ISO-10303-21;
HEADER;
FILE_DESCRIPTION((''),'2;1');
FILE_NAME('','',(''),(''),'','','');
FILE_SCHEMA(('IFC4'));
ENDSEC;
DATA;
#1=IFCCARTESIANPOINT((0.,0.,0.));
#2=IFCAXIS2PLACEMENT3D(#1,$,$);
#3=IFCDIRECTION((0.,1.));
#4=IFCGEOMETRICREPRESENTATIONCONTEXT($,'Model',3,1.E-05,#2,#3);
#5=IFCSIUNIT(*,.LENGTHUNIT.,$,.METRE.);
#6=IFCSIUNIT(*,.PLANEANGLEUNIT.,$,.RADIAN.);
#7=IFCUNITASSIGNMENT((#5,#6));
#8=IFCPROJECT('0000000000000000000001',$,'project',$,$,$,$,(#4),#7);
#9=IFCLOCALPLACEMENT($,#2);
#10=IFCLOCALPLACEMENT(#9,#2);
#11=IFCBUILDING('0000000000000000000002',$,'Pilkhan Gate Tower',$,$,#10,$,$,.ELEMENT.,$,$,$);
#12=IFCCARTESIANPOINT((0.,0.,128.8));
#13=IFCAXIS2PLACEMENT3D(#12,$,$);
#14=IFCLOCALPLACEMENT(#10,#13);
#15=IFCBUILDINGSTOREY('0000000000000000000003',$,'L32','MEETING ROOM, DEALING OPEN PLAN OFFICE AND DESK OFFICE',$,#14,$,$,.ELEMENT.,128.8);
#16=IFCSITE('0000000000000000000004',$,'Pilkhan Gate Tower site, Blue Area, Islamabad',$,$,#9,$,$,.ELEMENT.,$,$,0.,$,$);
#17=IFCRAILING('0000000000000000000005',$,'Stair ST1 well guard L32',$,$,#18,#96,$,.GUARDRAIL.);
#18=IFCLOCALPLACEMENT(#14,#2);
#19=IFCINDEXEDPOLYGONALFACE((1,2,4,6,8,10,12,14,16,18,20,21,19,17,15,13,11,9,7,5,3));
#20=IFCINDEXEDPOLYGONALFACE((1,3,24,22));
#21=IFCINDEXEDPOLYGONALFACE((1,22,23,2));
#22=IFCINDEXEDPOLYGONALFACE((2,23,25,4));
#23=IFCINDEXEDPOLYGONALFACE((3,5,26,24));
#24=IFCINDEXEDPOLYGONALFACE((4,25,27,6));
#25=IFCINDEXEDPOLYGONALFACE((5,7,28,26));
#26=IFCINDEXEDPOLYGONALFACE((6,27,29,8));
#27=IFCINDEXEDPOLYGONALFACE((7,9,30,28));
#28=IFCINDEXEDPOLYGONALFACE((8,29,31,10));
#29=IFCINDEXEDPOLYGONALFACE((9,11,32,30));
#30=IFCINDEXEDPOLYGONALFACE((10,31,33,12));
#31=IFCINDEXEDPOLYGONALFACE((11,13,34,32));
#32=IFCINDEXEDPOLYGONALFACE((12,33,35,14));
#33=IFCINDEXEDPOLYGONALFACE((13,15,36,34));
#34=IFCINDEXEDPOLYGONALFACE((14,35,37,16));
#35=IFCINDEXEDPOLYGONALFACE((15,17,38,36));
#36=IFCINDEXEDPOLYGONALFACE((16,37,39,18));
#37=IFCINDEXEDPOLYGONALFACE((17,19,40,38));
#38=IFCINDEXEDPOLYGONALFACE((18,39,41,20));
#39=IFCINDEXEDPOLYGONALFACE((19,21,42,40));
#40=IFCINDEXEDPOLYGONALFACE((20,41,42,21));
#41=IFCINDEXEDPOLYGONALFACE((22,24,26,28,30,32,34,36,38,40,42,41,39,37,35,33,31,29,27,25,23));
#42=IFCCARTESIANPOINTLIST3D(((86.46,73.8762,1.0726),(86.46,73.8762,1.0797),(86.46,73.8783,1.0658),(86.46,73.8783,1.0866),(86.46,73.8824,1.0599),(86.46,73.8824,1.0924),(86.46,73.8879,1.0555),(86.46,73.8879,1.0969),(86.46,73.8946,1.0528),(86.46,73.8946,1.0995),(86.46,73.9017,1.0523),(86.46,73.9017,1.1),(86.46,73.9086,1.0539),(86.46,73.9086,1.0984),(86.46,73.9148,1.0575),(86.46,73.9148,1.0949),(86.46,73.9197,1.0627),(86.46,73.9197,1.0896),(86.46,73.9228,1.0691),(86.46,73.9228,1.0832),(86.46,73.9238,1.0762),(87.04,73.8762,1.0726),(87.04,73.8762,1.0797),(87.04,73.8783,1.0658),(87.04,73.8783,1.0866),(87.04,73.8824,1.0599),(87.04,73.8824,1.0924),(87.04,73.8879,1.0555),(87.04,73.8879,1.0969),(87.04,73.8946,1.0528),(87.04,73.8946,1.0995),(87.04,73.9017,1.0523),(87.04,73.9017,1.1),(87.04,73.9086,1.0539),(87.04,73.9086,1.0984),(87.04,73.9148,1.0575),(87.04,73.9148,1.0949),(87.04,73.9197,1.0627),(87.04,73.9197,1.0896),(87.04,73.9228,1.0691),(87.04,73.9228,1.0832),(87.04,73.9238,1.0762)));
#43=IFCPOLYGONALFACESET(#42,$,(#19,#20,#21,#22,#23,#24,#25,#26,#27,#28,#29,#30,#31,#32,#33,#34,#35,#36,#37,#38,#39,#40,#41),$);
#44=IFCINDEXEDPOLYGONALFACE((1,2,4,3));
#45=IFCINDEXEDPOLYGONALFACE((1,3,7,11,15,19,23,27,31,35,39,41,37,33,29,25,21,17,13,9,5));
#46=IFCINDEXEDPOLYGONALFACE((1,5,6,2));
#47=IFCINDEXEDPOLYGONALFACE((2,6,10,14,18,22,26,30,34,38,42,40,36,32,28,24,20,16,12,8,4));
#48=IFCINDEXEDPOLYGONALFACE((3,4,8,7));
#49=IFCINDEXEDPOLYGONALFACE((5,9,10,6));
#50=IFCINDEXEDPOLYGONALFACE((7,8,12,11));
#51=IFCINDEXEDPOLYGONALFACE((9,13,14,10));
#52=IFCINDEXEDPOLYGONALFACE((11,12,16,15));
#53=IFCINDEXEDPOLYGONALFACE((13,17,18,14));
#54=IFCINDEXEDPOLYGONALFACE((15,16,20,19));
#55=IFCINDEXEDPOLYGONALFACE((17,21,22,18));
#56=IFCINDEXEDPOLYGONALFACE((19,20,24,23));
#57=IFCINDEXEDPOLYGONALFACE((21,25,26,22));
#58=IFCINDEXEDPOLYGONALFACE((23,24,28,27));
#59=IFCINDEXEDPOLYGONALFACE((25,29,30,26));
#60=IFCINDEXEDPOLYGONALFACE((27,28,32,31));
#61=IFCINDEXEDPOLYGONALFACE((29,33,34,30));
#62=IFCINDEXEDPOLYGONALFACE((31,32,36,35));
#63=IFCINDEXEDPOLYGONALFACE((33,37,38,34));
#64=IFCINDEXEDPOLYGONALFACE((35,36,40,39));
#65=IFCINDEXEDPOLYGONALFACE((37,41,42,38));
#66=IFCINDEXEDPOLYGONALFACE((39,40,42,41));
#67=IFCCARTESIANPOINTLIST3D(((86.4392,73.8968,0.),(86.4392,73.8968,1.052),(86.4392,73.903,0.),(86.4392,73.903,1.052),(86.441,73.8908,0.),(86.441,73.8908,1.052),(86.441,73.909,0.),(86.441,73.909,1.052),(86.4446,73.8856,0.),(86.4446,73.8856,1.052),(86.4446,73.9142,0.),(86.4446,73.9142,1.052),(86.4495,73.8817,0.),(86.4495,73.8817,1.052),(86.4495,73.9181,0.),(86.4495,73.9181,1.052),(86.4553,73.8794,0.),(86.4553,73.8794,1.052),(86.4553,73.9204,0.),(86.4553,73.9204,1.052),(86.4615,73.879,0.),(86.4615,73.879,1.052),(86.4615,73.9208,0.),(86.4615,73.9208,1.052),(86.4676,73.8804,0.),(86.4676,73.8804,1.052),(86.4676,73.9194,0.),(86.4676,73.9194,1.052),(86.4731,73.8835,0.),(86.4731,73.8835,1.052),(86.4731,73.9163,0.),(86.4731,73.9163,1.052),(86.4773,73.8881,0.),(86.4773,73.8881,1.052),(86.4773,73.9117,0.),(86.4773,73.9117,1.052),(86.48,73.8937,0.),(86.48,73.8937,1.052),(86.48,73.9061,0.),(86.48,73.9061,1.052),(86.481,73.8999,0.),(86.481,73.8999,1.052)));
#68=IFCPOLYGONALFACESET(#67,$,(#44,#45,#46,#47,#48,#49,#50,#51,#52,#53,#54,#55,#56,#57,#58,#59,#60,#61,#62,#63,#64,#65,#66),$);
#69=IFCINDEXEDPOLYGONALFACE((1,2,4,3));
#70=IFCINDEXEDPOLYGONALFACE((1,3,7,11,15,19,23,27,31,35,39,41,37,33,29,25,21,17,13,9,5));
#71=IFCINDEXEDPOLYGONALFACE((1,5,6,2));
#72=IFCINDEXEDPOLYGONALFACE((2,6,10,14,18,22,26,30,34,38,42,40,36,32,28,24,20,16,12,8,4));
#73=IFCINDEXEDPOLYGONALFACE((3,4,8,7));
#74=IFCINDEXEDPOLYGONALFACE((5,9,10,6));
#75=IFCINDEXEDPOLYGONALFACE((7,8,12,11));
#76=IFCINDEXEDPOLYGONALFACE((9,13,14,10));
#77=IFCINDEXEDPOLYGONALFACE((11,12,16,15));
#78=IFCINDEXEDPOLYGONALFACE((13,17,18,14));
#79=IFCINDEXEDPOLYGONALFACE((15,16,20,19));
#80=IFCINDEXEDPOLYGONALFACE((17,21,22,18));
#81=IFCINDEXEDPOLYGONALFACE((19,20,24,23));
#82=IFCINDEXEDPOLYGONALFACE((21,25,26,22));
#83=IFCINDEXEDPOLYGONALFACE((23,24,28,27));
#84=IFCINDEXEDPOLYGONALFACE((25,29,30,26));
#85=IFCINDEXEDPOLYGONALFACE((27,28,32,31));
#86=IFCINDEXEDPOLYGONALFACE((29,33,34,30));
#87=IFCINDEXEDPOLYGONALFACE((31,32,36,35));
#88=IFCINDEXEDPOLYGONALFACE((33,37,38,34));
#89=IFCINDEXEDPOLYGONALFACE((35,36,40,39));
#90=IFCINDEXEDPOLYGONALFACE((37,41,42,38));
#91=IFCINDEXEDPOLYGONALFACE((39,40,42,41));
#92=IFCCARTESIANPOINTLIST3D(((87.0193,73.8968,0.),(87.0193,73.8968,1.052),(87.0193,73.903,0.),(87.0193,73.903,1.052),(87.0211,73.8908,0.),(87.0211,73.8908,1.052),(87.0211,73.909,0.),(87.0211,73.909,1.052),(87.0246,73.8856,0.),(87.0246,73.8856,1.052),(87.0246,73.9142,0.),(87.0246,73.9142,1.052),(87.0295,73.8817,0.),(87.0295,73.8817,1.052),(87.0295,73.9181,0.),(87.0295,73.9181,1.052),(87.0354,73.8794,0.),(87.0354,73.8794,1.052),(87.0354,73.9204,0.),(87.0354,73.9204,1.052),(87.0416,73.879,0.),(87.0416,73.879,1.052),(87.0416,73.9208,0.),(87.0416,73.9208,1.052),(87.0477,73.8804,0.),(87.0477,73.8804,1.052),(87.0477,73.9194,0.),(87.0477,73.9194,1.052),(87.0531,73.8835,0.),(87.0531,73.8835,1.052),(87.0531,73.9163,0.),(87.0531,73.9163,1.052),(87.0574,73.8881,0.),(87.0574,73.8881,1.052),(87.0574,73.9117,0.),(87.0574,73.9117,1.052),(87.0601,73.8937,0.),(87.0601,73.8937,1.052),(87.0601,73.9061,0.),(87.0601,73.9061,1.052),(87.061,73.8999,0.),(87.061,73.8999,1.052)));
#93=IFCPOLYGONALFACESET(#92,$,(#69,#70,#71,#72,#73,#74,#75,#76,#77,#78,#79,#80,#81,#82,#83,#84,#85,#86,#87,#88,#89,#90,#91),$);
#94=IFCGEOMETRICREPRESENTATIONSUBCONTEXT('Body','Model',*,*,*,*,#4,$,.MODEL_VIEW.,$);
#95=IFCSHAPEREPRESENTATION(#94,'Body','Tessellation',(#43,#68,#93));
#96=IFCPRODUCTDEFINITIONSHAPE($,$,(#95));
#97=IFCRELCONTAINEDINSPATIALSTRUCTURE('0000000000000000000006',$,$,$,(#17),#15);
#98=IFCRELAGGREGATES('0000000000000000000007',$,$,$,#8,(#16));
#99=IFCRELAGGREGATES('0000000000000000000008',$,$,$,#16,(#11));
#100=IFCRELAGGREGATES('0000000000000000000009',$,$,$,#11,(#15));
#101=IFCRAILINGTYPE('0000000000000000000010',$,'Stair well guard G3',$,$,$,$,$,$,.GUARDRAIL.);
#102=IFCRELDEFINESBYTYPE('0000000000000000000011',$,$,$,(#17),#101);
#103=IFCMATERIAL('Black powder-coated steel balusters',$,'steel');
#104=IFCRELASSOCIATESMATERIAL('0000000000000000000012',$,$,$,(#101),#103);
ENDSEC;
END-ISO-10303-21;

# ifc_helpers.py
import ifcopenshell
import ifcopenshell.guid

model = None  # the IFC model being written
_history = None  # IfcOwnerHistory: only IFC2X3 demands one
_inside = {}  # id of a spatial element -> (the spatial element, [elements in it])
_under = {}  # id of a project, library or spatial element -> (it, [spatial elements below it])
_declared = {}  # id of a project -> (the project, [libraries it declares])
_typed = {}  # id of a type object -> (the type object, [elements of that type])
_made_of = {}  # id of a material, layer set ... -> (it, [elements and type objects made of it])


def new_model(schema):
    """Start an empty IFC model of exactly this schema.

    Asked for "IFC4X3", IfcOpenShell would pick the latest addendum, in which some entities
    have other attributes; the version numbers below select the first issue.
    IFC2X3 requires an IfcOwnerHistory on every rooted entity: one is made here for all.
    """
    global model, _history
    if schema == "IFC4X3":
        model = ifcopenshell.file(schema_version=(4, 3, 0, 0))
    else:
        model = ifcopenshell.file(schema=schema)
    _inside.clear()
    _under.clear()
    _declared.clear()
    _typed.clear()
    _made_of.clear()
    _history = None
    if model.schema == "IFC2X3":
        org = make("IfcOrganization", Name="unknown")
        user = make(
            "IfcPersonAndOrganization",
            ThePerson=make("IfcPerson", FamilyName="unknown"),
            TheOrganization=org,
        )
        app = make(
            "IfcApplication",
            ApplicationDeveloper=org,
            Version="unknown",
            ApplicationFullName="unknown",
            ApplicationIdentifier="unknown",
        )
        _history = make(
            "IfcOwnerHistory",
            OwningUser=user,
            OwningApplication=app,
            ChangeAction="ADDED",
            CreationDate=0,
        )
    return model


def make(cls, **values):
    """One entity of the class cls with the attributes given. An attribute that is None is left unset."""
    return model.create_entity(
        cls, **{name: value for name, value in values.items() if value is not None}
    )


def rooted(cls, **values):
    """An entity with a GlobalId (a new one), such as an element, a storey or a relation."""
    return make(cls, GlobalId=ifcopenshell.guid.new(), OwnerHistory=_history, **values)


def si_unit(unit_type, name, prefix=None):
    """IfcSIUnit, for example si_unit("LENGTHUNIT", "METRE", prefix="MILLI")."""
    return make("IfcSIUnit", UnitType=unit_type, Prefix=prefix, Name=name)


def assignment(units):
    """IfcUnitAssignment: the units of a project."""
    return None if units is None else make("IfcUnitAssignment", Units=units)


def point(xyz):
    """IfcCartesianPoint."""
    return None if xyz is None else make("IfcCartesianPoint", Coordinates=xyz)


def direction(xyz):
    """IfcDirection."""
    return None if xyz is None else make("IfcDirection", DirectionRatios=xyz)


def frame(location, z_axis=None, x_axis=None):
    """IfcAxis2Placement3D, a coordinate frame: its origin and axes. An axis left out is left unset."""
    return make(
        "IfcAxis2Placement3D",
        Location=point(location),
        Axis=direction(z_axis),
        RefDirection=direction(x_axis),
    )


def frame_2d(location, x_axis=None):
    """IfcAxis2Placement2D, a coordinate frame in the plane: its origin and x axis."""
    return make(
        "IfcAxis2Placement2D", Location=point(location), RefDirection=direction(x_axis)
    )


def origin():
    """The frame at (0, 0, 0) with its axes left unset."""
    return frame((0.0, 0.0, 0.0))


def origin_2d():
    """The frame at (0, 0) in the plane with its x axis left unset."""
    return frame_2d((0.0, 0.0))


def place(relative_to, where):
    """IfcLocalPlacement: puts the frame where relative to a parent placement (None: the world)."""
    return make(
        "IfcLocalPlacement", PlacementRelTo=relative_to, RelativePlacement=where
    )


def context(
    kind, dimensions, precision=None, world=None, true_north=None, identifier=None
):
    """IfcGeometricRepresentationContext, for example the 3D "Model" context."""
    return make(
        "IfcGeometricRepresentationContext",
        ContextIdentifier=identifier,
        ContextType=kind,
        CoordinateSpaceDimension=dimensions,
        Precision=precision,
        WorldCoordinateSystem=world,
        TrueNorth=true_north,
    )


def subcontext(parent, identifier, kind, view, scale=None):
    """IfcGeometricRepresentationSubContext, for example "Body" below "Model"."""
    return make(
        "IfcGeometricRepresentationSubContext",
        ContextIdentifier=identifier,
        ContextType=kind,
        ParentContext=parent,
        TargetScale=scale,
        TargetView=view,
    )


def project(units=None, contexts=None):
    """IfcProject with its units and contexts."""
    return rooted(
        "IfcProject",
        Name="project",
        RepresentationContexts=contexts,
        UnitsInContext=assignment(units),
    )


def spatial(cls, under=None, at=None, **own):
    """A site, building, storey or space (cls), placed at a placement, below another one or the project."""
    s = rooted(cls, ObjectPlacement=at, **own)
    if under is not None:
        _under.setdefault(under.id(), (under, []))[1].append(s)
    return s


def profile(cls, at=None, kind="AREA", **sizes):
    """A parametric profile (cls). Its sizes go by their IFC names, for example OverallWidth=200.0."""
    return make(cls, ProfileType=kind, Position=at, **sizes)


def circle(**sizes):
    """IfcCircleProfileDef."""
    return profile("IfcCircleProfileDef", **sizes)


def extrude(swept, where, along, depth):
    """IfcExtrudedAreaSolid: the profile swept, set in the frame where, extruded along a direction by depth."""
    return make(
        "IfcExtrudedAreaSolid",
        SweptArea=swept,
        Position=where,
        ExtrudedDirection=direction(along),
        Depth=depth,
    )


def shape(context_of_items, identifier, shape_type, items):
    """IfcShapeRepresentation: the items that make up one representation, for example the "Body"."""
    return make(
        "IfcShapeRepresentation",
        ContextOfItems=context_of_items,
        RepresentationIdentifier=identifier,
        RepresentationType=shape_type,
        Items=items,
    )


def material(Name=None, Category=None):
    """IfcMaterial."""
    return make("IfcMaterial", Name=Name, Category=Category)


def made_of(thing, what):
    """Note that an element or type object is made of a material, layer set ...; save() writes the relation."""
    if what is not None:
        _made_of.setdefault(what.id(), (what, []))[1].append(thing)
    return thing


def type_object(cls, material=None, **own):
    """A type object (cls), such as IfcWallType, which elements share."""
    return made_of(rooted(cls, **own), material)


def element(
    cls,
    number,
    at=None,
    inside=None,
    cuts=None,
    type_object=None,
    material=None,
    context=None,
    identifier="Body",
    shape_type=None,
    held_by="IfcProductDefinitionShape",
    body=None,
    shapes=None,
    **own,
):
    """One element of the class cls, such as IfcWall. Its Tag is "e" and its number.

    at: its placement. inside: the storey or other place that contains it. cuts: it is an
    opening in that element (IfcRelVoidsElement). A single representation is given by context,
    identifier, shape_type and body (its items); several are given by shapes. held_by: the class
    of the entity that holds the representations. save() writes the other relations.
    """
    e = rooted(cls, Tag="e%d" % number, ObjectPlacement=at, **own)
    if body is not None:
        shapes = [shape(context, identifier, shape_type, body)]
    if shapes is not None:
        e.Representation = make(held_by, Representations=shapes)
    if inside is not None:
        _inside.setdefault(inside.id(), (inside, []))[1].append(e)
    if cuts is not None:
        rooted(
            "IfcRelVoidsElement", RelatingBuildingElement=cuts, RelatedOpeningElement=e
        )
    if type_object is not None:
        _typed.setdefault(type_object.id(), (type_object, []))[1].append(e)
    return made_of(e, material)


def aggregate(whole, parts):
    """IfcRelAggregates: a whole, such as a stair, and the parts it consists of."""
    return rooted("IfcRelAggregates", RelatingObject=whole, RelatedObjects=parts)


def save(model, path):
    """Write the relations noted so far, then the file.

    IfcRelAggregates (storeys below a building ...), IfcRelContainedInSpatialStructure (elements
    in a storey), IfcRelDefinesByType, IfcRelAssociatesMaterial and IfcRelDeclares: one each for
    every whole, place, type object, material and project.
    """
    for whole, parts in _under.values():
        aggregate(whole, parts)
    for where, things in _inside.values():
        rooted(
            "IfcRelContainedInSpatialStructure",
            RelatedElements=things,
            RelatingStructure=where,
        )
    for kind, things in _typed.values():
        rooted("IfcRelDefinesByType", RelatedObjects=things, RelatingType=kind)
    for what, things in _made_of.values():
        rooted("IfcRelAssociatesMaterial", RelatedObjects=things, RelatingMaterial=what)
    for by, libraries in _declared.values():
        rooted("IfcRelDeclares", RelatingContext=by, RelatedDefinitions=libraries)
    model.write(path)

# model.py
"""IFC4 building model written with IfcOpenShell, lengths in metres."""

from ifc_helpers import new_model, si_unit, direction, frame, origin, origin_2d, place, context, subcontext, project, spatial, circle, extrude, material, type_object, element, save


model = new_model("IFC4")

# Units and contexts
model_context = context("Model", 3, precision=1e-05, world=origin(), true_north=direction((0.0, 1.0)))
body_context = subcontext(model_context, "Body", "Model", "MODEL_VIEW")
ifc_project = project(units=[si_unit("LENGTHUNIT", "METRE"), si_unit("PLANEANGLEUNIT", "RADIAN")], contexts=[model_context])

# Site, building, storey
site_placement = place(None, origin())
site = spatial("IfcSite", under=ifc_project, at=site_placement, Name="Pilkhan Gate Tower site, Blue Area, Islamabad", CompositionType="ELEMENT", RefElevation=0.0)
building_placement = place(site_placement, origin())
building = spatial("IfcBuilding", under=site, at=building_placement, Name="Pilkhan Gate Tower", CompositionType="ELEMENT")
storey_placement = place(building_placement, frame((0.0, 0.0, 128.8)))
storey = spatial("IfcBuildingStorey", under=building, at=storey_placement, Name="L32", Description="MEETING ROOM, DEALING OPEN PLAN OFFICE AND DESK OFFICE", CompositionType="ELEMENT", Elevation=128.8)

# Railing
ifc_material_1 = material(Name="Black powder-coated steel balusters", Category="steel")
railing_type_1 = type_object("IfcRailingType", Name="Stair well guard G3", PredefinedType="GUARDRAIL", material=ifc_material_1)
railing_1_placement = place(storey_placement, frame((86.46, 73.8999, 0.0)))
element("IfcRailing", 1, at=railing_1_placement, inside=storey, type_object=railing_type_1, Name="Stair ST1 well guard L32", PredefinedType="GUARDRAIL", context=body_context, shape_type="SweptSolid", body=[
    extrude(circle(Radius=0.0239, at=origin_2d()), frame((0.0, 0.0, 1.0762), z_axis=(1.0, 0.0, 0.0), x_axis=(0.0, 1.0, 0.0)), (0.0, 0.0, 1.0), 0.5801),
    extrude(circle(Radius=0.021, at=origin_2d()), origin(), (0.0, 0.0, 1.0), 1.052),
    extrude(circle(Radius=0.021, at=origin_2d()), frame((0.5801, 0.0, 0.0)), (0.0, 0.0, 1.0), 1.052),
])

save(model, "model.ifc")
